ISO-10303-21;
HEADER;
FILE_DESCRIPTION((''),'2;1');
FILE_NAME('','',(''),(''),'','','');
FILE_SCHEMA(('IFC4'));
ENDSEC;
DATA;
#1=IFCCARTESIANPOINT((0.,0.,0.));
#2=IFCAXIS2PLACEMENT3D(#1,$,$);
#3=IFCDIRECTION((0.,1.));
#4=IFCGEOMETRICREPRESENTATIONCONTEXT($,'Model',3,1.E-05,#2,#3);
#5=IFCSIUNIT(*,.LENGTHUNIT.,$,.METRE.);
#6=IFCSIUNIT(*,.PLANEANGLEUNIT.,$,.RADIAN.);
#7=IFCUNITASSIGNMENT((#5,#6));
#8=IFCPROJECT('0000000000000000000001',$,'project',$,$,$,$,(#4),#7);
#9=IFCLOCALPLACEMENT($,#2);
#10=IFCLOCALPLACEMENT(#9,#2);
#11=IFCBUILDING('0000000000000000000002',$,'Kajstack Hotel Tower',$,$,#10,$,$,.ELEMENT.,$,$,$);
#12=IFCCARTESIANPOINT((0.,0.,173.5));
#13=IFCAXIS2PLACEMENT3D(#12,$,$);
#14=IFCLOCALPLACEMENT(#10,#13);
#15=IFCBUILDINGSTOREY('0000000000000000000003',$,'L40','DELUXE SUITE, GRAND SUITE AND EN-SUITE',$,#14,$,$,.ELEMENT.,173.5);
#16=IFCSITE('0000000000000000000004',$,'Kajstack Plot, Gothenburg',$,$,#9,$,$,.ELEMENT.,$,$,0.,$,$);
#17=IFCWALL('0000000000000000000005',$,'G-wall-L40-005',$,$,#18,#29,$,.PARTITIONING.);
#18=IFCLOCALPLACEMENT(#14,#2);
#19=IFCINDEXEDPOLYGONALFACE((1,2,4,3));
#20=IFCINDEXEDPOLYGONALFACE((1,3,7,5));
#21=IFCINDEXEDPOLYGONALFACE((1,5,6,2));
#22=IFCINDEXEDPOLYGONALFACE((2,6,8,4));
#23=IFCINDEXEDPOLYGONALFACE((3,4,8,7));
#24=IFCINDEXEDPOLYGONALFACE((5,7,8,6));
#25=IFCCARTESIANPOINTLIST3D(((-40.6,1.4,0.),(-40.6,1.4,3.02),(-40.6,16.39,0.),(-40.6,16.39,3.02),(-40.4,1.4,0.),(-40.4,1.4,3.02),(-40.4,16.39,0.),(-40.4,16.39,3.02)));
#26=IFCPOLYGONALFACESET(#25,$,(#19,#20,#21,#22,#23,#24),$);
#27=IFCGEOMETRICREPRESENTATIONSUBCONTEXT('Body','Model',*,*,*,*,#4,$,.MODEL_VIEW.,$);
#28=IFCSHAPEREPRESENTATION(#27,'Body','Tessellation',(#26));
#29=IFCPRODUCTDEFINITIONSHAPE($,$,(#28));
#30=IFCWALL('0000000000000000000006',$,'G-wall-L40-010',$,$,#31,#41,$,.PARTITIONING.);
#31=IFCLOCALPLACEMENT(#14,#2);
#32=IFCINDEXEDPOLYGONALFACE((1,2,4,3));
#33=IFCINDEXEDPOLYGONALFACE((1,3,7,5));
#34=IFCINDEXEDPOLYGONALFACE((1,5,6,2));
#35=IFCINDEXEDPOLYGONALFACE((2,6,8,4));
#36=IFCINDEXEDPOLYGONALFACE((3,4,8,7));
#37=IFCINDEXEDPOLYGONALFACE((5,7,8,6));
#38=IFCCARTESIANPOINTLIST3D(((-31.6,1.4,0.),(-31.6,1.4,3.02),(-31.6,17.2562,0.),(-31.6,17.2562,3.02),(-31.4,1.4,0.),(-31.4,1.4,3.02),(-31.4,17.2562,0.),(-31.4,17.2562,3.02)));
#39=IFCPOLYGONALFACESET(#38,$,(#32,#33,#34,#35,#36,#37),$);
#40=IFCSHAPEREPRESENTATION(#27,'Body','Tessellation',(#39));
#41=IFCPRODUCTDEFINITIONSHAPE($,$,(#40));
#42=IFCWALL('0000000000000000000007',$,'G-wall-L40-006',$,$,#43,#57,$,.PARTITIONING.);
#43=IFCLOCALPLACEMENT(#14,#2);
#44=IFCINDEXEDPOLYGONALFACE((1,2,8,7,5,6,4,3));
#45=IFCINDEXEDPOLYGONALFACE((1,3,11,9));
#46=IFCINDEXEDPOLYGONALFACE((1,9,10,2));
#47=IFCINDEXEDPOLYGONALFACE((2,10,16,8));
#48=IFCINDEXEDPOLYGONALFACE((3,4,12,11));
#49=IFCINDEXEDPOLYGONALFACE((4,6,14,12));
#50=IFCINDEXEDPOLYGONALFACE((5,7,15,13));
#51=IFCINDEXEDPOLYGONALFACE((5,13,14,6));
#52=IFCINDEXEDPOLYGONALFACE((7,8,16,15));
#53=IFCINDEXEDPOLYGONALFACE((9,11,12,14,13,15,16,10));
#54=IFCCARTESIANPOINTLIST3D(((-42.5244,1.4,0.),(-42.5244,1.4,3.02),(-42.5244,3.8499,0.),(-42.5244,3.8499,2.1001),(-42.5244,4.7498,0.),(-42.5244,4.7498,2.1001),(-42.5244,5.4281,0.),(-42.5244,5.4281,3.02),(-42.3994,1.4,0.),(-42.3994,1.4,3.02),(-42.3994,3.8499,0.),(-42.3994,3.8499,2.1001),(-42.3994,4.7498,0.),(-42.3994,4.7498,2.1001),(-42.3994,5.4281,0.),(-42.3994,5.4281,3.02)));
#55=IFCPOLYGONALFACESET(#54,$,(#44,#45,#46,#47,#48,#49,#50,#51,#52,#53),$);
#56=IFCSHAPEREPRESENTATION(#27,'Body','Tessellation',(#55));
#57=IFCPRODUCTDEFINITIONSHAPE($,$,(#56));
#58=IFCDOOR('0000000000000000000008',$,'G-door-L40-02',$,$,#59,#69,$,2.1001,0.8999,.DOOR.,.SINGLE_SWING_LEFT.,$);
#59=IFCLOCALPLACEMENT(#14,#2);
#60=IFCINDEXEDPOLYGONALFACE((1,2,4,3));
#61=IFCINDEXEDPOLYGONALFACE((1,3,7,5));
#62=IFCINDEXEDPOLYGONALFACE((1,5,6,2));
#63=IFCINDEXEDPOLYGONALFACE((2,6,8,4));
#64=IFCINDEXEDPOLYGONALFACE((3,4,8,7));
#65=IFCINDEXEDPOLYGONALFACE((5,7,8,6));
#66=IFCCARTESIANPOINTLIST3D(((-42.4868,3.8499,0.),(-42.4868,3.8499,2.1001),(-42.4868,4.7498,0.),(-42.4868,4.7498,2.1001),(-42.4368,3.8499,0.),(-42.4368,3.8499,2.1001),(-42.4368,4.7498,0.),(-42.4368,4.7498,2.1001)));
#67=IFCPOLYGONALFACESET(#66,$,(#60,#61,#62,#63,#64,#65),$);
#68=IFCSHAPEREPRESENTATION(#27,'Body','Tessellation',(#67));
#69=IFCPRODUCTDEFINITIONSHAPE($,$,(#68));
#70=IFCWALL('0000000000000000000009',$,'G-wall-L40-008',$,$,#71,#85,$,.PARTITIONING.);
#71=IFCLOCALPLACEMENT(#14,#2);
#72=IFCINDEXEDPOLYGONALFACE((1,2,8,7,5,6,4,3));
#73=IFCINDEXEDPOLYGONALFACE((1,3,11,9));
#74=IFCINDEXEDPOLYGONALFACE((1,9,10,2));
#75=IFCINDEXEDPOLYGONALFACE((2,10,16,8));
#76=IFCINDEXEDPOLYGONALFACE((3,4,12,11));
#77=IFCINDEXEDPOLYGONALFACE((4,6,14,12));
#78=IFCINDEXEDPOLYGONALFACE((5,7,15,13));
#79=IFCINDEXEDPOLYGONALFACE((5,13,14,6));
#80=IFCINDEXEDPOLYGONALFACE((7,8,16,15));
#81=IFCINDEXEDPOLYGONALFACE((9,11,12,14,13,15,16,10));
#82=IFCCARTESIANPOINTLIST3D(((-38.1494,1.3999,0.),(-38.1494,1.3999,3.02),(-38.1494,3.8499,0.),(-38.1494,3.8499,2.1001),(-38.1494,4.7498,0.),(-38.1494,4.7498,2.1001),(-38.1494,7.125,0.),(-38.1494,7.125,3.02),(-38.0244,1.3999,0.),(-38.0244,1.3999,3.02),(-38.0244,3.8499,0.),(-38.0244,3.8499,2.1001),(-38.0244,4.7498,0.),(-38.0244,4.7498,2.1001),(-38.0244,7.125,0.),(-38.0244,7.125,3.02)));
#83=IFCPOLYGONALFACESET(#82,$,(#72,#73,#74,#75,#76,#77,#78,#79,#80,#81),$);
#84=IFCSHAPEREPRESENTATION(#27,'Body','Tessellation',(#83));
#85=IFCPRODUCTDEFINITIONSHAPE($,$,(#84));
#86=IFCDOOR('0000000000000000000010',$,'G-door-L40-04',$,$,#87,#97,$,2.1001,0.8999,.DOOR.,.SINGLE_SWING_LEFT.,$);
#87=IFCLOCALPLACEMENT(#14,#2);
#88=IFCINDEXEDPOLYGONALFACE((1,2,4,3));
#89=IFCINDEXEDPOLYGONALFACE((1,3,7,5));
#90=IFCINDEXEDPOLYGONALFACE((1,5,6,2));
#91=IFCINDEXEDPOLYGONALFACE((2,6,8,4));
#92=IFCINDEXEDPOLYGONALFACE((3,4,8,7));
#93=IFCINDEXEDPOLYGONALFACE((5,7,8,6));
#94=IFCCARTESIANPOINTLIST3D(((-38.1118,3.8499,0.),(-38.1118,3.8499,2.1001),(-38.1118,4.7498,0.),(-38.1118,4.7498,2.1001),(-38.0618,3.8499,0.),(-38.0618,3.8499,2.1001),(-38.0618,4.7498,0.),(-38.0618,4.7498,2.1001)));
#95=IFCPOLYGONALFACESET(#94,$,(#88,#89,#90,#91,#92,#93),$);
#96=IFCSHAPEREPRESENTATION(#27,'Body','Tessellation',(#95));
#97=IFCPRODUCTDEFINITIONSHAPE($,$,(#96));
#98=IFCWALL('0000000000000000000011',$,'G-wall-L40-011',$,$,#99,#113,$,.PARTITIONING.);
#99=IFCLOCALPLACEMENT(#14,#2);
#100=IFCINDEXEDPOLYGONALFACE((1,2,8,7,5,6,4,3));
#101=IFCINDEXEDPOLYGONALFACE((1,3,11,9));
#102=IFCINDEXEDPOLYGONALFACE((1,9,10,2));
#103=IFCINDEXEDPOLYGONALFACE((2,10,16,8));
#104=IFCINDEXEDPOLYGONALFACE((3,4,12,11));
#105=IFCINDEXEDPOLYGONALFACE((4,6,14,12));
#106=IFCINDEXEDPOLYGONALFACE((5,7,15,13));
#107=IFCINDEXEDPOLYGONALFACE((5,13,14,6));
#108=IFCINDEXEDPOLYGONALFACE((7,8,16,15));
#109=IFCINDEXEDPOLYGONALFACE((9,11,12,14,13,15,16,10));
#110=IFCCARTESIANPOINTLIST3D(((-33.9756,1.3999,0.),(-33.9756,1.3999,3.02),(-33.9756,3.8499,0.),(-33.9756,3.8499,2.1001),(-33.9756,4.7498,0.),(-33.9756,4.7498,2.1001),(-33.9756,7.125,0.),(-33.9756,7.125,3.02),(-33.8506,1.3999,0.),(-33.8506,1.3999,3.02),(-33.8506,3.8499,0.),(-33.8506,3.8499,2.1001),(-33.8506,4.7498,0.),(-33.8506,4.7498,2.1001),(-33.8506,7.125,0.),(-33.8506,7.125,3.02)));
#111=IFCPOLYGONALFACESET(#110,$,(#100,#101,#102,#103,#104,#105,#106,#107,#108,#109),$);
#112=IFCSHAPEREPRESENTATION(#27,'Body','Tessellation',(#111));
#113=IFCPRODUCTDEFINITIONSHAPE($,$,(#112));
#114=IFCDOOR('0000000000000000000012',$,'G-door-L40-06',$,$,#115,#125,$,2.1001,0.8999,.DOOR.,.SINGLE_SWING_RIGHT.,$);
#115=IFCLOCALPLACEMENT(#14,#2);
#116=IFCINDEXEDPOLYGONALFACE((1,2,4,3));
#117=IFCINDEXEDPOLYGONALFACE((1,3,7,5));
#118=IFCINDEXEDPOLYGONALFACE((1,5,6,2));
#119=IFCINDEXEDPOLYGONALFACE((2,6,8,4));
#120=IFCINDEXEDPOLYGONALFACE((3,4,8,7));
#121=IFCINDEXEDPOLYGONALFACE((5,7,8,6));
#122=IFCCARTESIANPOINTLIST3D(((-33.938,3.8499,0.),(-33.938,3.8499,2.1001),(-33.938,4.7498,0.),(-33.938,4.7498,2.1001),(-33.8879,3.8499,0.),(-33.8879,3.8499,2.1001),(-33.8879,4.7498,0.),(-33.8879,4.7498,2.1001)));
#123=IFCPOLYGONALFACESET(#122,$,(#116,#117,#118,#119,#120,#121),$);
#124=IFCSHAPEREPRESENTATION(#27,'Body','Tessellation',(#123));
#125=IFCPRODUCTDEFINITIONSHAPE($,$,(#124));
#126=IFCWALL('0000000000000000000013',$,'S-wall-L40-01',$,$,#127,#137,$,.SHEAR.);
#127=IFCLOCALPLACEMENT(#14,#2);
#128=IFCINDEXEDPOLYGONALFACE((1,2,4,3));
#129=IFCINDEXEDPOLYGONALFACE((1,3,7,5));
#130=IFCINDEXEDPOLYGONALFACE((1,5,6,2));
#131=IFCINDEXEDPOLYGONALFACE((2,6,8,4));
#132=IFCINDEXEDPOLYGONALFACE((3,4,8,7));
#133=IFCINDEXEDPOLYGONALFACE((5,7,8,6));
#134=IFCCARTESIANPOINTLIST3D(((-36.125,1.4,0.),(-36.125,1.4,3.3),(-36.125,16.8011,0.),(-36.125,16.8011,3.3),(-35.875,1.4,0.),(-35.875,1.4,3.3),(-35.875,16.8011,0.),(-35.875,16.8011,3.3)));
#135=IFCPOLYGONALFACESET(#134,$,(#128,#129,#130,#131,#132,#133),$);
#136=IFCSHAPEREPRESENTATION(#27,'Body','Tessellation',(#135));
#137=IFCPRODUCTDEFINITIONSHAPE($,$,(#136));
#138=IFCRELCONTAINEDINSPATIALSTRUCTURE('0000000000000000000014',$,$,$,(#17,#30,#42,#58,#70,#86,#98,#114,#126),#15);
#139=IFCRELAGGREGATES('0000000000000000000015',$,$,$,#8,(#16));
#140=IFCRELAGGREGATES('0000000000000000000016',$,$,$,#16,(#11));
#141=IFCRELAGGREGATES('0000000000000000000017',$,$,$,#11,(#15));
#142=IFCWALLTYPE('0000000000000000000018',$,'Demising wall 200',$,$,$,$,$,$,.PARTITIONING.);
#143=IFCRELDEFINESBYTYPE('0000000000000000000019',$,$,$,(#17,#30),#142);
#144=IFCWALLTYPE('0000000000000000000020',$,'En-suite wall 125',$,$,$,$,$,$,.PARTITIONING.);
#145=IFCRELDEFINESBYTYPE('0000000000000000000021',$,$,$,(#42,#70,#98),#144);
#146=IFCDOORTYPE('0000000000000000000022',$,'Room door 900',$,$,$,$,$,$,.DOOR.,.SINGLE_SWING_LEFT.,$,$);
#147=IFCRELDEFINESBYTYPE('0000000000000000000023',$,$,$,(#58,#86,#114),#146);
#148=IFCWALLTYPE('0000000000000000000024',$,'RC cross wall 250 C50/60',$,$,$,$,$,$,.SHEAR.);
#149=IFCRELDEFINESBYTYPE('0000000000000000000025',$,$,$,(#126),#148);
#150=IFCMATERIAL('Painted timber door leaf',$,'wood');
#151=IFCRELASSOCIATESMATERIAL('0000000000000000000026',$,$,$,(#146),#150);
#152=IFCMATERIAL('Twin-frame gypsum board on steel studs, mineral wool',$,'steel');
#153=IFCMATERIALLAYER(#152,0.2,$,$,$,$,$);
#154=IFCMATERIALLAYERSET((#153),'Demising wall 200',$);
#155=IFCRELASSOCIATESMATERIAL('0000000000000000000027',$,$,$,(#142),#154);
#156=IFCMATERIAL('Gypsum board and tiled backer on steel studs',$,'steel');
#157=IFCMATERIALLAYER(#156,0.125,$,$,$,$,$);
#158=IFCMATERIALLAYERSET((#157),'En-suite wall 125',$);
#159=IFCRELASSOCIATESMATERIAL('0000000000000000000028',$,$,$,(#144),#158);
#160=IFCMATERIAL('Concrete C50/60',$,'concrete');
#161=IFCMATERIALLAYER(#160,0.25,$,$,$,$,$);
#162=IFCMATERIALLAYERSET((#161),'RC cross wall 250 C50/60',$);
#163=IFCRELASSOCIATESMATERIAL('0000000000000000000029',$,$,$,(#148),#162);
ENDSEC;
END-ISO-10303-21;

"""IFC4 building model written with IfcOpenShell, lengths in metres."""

from ifc_helpers import new_model, si_unit, direction, frame, frame_2d, origin, place, context, subcontext, project, spatial, rectangle, extrude, material, layer, layer_set, type_object, element, fill, save


model = new_model("IFC4")

# Units and contexts
model_context = context("Model", 3, precision=1e-05, world=origin(), true_north=direction((0.0, 1.0)))
body_context = subcontext(model_context, "Body", "Model", "MODEL_VIEW")
ifc_project = project(units=[si_unit("LENGTHUNIT", "METRE"), si_unit("PLANEANGLEUNIT", "RADIAN")], contexts=[model_context])

# Site, building, storey
site_placement = place(None, origin())
site = spatial("IfcSite", under=ifc_project, at=site_placement, Name="Kajstack Plot, Gothenburg", CompositionType="ELEMENT", RefElevation=0.0)
building_placement = place(site_placement, origin())
building = spatial("IfcBuilding", under=site, at=building_placement, Name="Kajstack Hotel Tower", CompositionType="ELEMENT")
storey_placement = place(building_placement, frame((0.0, 0.0, 173.5)))
storey = spatial("IfcBuildingStorey", under=building, at=storey_placement, Name="L40", Description="DELUXE SUITE, GRAND SUITE AND EN-SUITE", CompositionType="ELEMENT", Elevation=173.5)

# Shared definitions
ifc_material_1 = material(Name="Painted timber door leaf", Category="wood")
door_type_1 = type_object("IfcDoorType", Name="Room door 900", OperationType="SINGLE_SWING_LEFT", PredefinedType="DOOR", material=ifc_material_1)

# Walls
ifc_material_2 = material(Name="Twin-frame gypsum board on steel studs, mineral wool", Category="steel")
ifc_layer_1 = layer(ifc_material_2, 0.2)
ifc_layer_set_1 = layer_set([ifc_layer_1], Name="Demising wall 200")
wall_type_1 = type_object("IfcWallType", Name="Demising wall 200", PredefinedType="PARTITIONING", material=ifc_layer_set_1)
wall_1_placement = place(storey_placement, frame((-40.5, 1.3999, 0.0), z_axis=(0.0, 0.0, 1.0), x_axis=(0.0, 1.0, 0.0)))
element("IfcWall", 1, at=wall_1_placement, inside=storey, type_object=wall_type_1, Name="G-wall-L40-005", PredefinedType="PARTITIONING", context=body_context, shape_type="SweptSolid", body=[
    extrude(rectangle(XDim=14.99, YDim=0.2, at=frame_2d((7.4951, 0.0))), origin(), (0.0, 0.0, 1.0), 3.02),
])
wall_2_placement = place(storey_placement, frame((-31.5, 1.3999, 0.0), z_axis=(0.0, 0.0, 1.0), x_axis=(0.0, 1.0, 0.0)))
element("IfcWall", 2, at=wall_2_placement, inside=storey, type_object=wall_type_1, Name="G-wall-L40-010", PredefinedType="PARTITIONING", context=body_context, shape_type="SweptSolid", body=[
    extrude(rectangle(XDim=15.8562, YDim=0.2, at=frame_2d((7.9282, 0.0))), origin(), (0.0, 0.0, 1.0), 3.02),
])

# Walls, openings, doors
ifc_material_3 = material(Name="Gypsum board and tiled backer on steel studs", Category="steel")
ifc_layer_2 = layer(ifc_material_3, 0.125)
ifc_layer_set_2 = layer_set([ifc_layer_2], Name="En-suite wall 125")
wall_type_2 = type_object("IfcWallType", Name="En-suite wall 125", PredefinedType="PARTITIONING", material=ifc_layer_set_2)
wall_3_placement = place(storey_placement, frame((-42.4619, 1.3999, 0.0), z_axis=(0.0, 0.0, 1.0), x_axis=(0.0, 1.0, 0.0)))
wall_3 = element("IfcWall", 3, at=wall_3_placement, inside=storey, type_object=wall_type_2, Name="G-wall-L40-006", PredefinedType="PARTITIONING", context=body_context, shape_type="SweptSolid", body=[
    extrude(rectangle(XDim=4.0281, YDim=0.125, at=frame_2d((2.0142, 0.0))), origin(), (0.0, 0.0, 1.0), 3.02),
])
opening_1_placement = place(wall_3_placement, frame((2.45, 0.0, 0.0)))
opening_1 = element("IfcOpeningElement", 4, at=opening_1_placement, cuts=wall_3, PredefinedType="OPENING", context=body_context, shape_type="SweptSolid", body=[
    extrude(rectangle(XDim=0.8999, YDim=2.1001, at=frame_2d((0.45, 1.05))), frame((0.0, 0.0725, 0.0), z_axis=(0.0, -1.0, 0.0), x_axis=(1.0, 0.0, 0.0)), (0.0, 0.0, 1.0), 0.145),
])
door_1_placement = place(opening_1_placement, origin())
door_1 = element("IfcDoor", 5, at=door_1_placement, inside=storey, type_object=door_type_1, Name="G-door-L40-02", OperationType="SINGLE_SWING_LEFT", OverallHeight=2.1001, OverallWidth=0.8999, PredefinedType="DOOR", context=body_context, shape_type="SweptSolid", body=[
    extrude(rectangle(XDim=0.8999, YDim=2.1001, at=frame_2d((0.45, 1.05))), frame((0.0, 0.0249, 0.0), z_axis=(0.0, -1.0, 0.0), x_axis=(1.0, 0.0, 0.0)), (0.0, 0.0, 1.0), 0.05),
])
fill(opening_1, door_1)
wall_4_placement = place(storey_placement, frame((-38.0869, 1.3999, 0.0), z_axis=(0.0, 0.0, 1.0), x_axis=(0.0, 1.0, 0.0)))
wall_4 = element("IfcWall", 6, at=wall_4_placement, inside=storey, type_object=wall_type_2, Name="G-wall-L40-008", PredefinedType="PARTITIONING", context=body_context, shape_type="SweptSolid", body=[
    extrude(rectangle(XDim=5.7251, YDim=0.125, at=frame_2d((2.8625, 0.0))), origin(), (0.0, 0.0, 1.0), 3.02),
])
opening_2_placement = place(wall_4_placement, frame((2.45, 0.0, 0.0)))
opening_2 = element("IfcOpeningElement", 7, at=opening_2_placement, cuts=wall_4, PredefinedType="OPENING", context=body_context, shape_type="SweptSolid", body=[
    extrude(rectangle(XDim=0.8999, YDim=2.1001, at=frame_2d((0.45, 1.05))), frame((0.0, 0.0725, 0.0), z_axis=(0.0, -1.0, 0.0), x_axis=(1.0, 0.0, 0.0)), (0.0, 0.0, 1.0), 0.145),
])
door_2_placement = place(opening_2_placement, origin())
door_2 = element("IfcDoor", 8, at=door_2_placement, inside=storey, type_object=door_type_1, Name="G-door-L40-04", OperationType="SINGLE_SWING_LEFT", OverallHeight=2.1001, OverallWidth=0.8999, PredefinedType="DOOR", context=body_context, shape_type="SweptSolid", body=[
    extrude(rectangle(XDim=0.8999, YDim=2.1001, at=frame_2d((0.45, 1.05))), frame((0.0, 0.0249, 0.0), z_axis=(0.0, -1.0, 0.0), x_axis=(1.0, 0.0, 0.0)), (0.0, 0.0, 1.0), 0.05),
])
fill(opening_2, door_2)
wall_5_placement = place(storey_placement, frame((-33.9131, 1.3999, 0.0), z_axis=(0.0, 0.0, 1.0), x_axis=(0.0, 1.0, 0.0)))
wall_5 = element("IfcWall", 9, at=wall_5_placement, inside=storey, type_object=wall_type_2, Name="G-wall-L40-011", PredefinedType="PARTITIONING", context=body_context, shape_type="SweptSolid", body=[
    extrude(rectangle(XDim=5.7251, YDim=0.125, at=frame_2d((2.8625, 0.0))), origin(), (0.0, 0.0, 1.0), 3.02),
])
opening_3_placement = place(wall_5_placement, frame((2.45, 0.0, 0.0)))
opening_3 = element("IfcOpeningElement", 10, at=opening_3_placement, cuts=wall_5, PredefinedType="OPENING", context=body_context, shape_type="SweptSolid", body=[
    extrude(rectangle(XDim=0.8999, YDim=2.1001, at=frame_2d((0.45, 1.05))), frame((0.0, 0.0725, 0.0), z_axis=(0.0, -1.0, 0.0), x_axis=(1.0, 0.0, 0.0)), (0.0, 0.0, 1.0), 0.145),
])
door_3_placement = place(opening_3_placement, origin())
door_3 = element("IfcDoor", 11, at=door_3_placement, inside=storey, type_object=door_type_1, Name="G-door-L40-06", OperationType="SINGLE_SWING_RIGHT", OverallHeight=2.1001, OverallWidth=0.8999, PredefinedType="DOOR", context=body_context, shape_type="SweptSolid", body=[
    extrude(rectangle(XDim=0.8999, YDim=2.1001, at=frame_2d((0.45, 1.05))), frame((0.0, 0.0249, 0.0), z_axis=(0.0, -1.0, 0.0), x_axis=(1.0, 0.0, 0.0)), (0.0, 0.0, 1.0), 0.05),
])
fill(opening_3, door_3)

# Wall
ifc_material_4 = material(Name="Concrete C50/60", Category="concrete")
ifc_layer_3 = layer(ifc_material_4, 0.25)
ifc_layer_set_3 = layer_set([ifc_layer_3], Name="RC cross wall 250 C50/60")
wall_type_3 = type_object("IfcWallType", Name="RC cross wall 250 C50/60", PredefinedType="SHEAR", material=ifc_layer_set_3)
wall_6_placement = place(storey_placement, frame((-36.0, 1.3999, 0.0), z_axis=(0.0, 0.0, 1.0), x_axis=(0.0, 1.0, 0.0)))
element("IfcWall", 12, at=wall_6_placement, inside=storey, type_object=wall_type_3, Name="S-wall-L40-01", PredefinedType="SHEAR", context=body_context, shape_type="SweptSolid", body=[
    extrude(rectangle(XDim=15.4011, YDim=0.25, at=frame_2d((7.7007, 0.0))), origin(), (0.0, 0.0, 1.0), 3.3),
])

save(model, "model.ifc")
